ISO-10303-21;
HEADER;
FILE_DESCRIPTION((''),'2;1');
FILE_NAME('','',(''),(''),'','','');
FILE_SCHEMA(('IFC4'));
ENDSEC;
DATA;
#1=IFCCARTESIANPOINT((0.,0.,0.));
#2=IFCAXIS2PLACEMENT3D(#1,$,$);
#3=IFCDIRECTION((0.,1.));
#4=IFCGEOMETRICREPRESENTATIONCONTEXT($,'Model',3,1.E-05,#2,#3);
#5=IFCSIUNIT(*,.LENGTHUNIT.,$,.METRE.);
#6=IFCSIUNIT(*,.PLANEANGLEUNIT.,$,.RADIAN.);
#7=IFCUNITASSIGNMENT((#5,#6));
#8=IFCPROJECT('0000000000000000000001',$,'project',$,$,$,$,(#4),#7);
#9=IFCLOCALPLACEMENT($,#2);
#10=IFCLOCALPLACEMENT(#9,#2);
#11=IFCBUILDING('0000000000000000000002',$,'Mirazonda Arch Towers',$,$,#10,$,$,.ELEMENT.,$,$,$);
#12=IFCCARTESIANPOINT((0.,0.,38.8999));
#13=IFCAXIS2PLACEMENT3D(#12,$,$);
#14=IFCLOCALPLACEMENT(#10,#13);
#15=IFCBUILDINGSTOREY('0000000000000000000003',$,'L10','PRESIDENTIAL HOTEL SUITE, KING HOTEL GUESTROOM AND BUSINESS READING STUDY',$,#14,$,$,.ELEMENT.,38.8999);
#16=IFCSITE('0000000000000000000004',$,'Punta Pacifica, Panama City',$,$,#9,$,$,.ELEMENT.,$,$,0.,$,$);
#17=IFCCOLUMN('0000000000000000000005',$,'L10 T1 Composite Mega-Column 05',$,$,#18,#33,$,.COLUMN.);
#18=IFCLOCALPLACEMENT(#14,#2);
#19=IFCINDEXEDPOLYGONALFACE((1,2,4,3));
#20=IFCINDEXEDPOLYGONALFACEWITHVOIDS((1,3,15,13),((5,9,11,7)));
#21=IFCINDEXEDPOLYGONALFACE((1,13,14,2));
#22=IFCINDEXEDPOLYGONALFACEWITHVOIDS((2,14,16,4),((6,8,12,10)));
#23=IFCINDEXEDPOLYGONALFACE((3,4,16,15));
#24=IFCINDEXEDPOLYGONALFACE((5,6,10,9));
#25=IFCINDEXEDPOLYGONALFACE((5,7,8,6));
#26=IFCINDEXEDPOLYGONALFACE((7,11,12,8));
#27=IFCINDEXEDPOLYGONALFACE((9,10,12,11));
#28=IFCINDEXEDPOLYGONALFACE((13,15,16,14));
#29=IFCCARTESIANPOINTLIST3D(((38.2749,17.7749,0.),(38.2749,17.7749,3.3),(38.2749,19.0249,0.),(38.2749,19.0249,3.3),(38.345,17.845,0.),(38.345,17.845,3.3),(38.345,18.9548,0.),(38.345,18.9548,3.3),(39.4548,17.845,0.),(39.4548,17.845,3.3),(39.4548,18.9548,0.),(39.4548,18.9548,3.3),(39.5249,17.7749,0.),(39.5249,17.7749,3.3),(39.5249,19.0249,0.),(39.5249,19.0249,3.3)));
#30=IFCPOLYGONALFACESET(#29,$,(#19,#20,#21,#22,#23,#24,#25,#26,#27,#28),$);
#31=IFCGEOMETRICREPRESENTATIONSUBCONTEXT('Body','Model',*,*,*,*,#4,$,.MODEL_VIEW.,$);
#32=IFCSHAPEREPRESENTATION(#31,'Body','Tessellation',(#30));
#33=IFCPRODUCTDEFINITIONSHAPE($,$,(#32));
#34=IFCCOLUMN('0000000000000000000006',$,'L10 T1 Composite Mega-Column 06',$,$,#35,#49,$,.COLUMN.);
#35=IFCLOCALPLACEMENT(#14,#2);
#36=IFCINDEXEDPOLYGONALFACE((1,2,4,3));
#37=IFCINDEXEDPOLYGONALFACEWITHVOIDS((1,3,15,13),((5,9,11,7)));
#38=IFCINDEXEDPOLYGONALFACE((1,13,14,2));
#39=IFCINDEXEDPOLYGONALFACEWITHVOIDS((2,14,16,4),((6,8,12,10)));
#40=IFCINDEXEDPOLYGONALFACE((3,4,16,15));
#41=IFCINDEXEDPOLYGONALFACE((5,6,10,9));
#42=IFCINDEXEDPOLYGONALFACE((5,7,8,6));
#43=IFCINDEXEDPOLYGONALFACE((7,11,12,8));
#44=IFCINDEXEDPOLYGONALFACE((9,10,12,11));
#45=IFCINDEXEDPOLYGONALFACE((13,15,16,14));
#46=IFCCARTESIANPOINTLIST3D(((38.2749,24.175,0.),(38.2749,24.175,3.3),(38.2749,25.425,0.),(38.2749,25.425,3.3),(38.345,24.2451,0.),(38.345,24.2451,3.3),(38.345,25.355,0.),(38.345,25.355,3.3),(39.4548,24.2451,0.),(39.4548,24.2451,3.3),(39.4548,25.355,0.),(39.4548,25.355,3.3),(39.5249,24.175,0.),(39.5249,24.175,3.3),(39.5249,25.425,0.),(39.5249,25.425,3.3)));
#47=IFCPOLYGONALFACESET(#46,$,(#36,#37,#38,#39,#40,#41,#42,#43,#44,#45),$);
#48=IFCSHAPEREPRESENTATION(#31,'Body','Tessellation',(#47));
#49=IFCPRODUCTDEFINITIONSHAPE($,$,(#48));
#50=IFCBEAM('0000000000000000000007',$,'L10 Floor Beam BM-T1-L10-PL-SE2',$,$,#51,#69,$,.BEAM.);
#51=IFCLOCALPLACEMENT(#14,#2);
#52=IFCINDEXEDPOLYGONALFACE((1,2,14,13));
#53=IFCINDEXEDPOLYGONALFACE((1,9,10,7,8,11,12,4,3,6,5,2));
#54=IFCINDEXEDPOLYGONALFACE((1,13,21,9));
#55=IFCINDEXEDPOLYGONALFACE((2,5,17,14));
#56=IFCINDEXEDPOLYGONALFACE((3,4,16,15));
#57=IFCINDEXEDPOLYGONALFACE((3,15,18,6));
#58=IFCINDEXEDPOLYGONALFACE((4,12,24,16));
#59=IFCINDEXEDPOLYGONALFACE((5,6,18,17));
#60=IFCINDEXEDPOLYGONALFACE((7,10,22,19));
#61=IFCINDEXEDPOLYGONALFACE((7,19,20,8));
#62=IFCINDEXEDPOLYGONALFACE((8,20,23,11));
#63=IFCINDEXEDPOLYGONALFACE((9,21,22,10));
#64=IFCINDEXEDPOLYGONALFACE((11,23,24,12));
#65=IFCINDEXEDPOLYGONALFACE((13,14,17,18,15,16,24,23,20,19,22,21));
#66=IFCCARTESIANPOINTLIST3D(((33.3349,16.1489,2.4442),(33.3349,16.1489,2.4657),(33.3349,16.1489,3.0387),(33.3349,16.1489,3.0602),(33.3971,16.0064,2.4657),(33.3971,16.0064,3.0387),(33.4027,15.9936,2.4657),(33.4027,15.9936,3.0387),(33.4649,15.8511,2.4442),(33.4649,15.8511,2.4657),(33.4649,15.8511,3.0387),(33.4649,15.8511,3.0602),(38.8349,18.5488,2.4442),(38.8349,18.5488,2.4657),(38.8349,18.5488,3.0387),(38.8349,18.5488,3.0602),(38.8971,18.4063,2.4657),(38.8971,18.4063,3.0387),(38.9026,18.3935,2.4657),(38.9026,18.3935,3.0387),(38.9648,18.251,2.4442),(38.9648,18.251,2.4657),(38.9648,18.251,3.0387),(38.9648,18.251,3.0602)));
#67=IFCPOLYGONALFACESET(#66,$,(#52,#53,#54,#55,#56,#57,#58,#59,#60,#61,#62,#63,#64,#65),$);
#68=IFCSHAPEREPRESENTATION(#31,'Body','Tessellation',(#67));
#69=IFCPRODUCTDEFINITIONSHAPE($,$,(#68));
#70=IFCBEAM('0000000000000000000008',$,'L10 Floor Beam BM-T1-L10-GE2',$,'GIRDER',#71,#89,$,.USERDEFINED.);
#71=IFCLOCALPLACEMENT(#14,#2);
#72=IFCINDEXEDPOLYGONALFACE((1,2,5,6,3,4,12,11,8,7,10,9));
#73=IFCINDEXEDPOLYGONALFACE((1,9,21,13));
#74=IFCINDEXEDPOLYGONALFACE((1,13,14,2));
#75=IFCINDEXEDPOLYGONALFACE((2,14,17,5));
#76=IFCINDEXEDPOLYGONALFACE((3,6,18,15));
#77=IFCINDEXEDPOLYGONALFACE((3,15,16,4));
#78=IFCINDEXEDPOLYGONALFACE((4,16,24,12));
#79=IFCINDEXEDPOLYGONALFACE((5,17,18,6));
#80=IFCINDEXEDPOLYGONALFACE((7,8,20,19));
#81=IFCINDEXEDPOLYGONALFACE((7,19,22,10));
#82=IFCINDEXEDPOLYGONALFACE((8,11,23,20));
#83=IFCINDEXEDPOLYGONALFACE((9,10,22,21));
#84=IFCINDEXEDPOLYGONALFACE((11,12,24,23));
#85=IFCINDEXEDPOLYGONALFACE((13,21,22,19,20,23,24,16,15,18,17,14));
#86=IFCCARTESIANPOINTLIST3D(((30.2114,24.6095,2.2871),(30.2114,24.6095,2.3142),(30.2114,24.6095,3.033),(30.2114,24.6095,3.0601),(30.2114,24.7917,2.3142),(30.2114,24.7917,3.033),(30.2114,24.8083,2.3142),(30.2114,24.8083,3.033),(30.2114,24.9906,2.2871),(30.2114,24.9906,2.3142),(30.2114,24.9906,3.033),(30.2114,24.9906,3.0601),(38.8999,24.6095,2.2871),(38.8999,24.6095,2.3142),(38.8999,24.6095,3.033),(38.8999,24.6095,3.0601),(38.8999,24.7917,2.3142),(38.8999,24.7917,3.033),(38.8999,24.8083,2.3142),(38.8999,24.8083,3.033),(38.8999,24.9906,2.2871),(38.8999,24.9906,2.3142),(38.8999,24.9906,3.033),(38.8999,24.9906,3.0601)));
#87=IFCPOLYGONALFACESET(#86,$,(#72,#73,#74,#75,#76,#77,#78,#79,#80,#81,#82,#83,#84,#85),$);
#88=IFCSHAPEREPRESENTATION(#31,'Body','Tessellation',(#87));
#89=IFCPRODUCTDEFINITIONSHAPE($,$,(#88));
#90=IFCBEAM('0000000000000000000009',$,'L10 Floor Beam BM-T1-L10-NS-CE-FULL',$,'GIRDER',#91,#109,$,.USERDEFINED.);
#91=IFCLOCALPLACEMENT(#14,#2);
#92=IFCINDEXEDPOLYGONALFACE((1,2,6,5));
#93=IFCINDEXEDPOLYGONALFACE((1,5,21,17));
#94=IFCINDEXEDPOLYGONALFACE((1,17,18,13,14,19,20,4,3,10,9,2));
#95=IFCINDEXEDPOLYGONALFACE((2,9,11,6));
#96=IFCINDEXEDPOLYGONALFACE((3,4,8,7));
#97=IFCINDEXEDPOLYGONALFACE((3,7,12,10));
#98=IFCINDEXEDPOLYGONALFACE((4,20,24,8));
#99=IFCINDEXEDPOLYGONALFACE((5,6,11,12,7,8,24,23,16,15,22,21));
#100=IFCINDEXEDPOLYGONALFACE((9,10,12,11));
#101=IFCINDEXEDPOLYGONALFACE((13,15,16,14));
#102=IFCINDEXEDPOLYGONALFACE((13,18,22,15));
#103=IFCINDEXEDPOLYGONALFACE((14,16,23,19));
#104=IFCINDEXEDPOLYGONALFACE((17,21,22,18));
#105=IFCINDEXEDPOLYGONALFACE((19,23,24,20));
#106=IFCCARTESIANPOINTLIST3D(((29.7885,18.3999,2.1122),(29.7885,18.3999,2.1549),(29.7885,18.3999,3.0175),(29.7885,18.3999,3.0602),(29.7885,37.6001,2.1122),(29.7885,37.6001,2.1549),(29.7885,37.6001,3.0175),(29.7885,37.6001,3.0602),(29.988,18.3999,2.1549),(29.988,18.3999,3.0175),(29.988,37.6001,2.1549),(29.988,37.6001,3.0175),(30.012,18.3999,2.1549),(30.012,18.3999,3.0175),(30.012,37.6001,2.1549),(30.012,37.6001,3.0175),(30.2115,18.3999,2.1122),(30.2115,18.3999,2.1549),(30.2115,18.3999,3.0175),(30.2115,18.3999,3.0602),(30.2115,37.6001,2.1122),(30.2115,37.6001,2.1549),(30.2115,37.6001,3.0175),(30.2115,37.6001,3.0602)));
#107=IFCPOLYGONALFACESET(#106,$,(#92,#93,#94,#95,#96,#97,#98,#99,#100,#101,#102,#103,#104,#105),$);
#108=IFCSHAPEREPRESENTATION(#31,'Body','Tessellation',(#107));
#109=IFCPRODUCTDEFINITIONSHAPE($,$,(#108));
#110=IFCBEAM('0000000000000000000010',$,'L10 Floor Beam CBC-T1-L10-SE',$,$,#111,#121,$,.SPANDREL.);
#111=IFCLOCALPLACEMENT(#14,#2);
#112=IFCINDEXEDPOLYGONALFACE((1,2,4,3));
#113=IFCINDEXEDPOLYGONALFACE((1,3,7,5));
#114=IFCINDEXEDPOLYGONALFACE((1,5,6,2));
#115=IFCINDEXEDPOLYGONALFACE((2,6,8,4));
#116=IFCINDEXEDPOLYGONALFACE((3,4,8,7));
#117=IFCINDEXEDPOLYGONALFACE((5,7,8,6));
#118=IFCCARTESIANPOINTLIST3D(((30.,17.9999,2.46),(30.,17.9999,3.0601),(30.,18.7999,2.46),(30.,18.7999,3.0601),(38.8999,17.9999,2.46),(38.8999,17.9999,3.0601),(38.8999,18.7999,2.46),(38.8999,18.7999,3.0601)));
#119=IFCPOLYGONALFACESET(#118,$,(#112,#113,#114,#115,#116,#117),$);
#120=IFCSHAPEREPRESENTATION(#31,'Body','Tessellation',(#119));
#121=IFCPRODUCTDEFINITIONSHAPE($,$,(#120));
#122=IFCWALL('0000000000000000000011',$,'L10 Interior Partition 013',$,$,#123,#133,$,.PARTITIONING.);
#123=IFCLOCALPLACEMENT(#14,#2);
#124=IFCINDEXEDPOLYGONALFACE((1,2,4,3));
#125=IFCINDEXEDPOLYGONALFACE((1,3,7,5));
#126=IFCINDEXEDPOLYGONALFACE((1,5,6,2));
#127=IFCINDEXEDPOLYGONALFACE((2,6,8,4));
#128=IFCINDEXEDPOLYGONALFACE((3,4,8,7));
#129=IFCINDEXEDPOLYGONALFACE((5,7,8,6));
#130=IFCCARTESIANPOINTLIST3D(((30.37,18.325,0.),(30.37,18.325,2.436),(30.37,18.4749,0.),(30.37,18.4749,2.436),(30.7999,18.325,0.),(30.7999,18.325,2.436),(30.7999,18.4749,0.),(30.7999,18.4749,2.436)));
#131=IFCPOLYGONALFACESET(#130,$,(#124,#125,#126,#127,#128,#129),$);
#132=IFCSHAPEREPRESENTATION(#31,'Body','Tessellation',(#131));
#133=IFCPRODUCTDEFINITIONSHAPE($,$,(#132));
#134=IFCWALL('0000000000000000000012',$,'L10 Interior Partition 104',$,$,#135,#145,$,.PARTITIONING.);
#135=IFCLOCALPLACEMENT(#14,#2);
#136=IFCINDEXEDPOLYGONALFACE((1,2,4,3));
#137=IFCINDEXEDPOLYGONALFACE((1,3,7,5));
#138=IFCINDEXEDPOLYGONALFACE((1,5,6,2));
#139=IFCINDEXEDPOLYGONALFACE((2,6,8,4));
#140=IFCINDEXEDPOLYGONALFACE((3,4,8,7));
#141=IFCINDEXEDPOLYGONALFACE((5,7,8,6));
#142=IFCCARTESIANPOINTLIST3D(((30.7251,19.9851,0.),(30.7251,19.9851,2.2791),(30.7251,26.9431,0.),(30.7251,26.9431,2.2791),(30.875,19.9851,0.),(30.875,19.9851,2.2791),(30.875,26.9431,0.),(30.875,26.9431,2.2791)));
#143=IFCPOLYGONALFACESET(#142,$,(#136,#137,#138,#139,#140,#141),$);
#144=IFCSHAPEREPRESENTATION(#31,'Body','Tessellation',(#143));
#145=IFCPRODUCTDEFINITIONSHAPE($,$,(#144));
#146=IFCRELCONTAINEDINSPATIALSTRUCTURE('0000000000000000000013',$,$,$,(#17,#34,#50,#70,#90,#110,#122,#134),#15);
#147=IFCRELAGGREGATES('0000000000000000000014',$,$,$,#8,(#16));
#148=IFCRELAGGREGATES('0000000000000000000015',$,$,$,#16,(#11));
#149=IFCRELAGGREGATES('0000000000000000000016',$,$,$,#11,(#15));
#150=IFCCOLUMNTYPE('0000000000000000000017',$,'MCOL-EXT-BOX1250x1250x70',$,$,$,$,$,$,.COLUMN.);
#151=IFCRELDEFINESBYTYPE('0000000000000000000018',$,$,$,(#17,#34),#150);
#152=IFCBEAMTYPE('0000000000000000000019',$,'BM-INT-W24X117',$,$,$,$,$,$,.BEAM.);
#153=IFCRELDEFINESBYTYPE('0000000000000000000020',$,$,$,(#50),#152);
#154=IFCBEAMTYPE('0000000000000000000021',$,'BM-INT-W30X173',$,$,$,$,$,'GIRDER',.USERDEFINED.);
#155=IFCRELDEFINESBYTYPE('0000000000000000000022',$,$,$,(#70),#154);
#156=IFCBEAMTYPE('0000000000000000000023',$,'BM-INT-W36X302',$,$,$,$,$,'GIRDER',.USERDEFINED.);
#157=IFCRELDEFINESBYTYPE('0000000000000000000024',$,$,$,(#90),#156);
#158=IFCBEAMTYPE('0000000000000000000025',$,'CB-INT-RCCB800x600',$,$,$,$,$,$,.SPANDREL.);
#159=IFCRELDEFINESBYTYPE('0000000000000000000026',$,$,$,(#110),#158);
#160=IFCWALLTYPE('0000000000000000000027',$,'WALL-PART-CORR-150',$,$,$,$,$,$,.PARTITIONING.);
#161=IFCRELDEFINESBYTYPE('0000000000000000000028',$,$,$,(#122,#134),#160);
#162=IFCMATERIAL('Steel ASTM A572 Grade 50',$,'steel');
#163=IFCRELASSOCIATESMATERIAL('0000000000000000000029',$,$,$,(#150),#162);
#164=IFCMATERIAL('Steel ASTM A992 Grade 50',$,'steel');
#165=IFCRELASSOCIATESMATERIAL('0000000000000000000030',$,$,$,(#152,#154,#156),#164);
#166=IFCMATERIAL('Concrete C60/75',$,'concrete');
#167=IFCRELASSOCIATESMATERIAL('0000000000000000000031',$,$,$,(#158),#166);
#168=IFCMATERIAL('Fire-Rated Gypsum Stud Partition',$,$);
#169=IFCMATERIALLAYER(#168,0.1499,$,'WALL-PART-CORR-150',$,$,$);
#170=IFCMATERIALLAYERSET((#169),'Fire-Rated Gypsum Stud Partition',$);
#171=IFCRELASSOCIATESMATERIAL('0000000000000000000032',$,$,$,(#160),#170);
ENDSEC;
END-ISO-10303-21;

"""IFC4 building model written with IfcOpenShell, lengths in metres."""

from ifc_helpers import new_model, si_unit, direction, frame, frame_2d, origin, origin_2d, place, context, subcontext, project, spatial, rectangle, hollow_rectangle, i_section, extrude, material, layer, layer_set, material_profile, profile_set, type_object, element, save


model = new_model("IFC4")

# Units and contexts
model_context = context("Model", 3, precision=1e-05, world=origin(), true_north=direction((0.0, 1.0)))
body_context = subcontext(model_context, "Body", "Model", "MODEL_VIEW")
ifc_project = project(units=[si_unit("LENGTHUNIT", "METRE"), si_unit("PLANEANGLEUNIT", "RADIAN")], contexts=[model_context])

# Site, building, storey
site_placement = place(None, origin())
site = spatial("IfcSite", under=ifc_project, at=site_placement, Name="Punta Pacifica, Panama City", CompositionType="ELEMENT", RefElevation=0.0)
building_placement = place(site_placement, origin())
building = spatial("IfcBuilding", under=site, at=building_placement, Name="Mirazonda Arch Towers", CompositionType="ELEMENT")
storey_placement = place(building_placement, frame((0.0, 0.0, 38.8999)))
storey = spatial("IfcBuildingStorey", under=building, at=storey_placement, Name="L10", Description="PRESIDENTIAL HOTEL SUITE, KING HOTEL GUESTROOM AND BUSINESS READING STUDY", CompositionType="ELEMENT", Elevation=38.8999)

# Columns
ifc_material_1 = material(Name="Steel ASTM A572 Grade 50", Category="steel")
ifc_material_profile_1 = material_profile(ifc_material_1, hollow_rectangle(XDim=1.25, YDim=1.25, WallThickness=0.0701, at=origin_2d()), Name="BOX1250x1250x70")
ifc_profile_set_1 = profile_set([ifc_material_profile_1], Name="Steel ASTM A572 Grade 50")
column_type = type_object("IfcColumnType", Name="MCOL-EXT-BOX1250x1250x70", PredefinedType="COLUMN", material=ifc_profile_set_1)
for number, where, z_axis, x_axis, name in (
    (1, (38.8999, 18.3999, 0.0), (0.0, 0.0, 1.0), (1.0, 0.0, 0.0), "L10 T1 Composite Mega-Column 05"),
    (2, (38.8999, 24.8, 0.0), (0.0, 0.0, 1.0), (1.0, 0.0, 0.0), "L10 T1 Composite Mega-Column 06"),
):
    element("IfcColumn", number, at=place(storey_placement, frame(where, z_axis=z_axis, x_axis=x_axis)), inside=storey, type_object=column_type, Name=name, PredefinedType="COLUMN", context=body_context, shape_type="SweptSolid", body=[
        extrude(hollow_rectangle(XDim=1.25, YDim=1.25, WallThickness=0.0701, at=origin_2d()), origin(), (0.0, 0.0, 1.0), 3.3),
    ])

# Beams
ifc_material_2 = material(Name="Steel ASTM A992 Grade 50", Category="steel")
ifc_material_profile_2 = material_profile(ifc_material_2, i_section(OverallWidth=0.325, OverallDepth=0.616, WebThickness=0.0139, FlangeThickness=0.0215, at=origin_2d()), Name="W24X117")
ifc_profile_set_2 = profile_set([ifc_material_profile_2], Name="Steel ASTM A992 Grade 50")
beam_type_1 = type_object("IfcBeamType", Name="BM-INT-W24X117", PredefinedType="BEAM", material=ifc_profile_set_2)
beam_1_placement = place(storey_placement, frame((33.3999, 16.0, 2.7522), z_axis=(0.916545, 0.399931, 0.0), x_axis=(-0.399931, 0.916545, 0.0)))
element("IfcBeam", 3, at=beam_1_placement, inside=storey, type_object=beam_type_1, Name="L10 Floor Beam BM-T1-L10-PL-SE2", PredefinedType="BEAM", context=body_context, shape_type="SweptSolid", body=[
    extrude(i_section(OverallWidth=0.325, OverallDepth=0.616, WebThickness=0.0139, FlangeThickness=0.0215, at=origin_2d()), origin(), (0.0, 0.0, 1.0), 6.0007),
])
ifc_material_profile_3 = material_profile(ifc_material_2, i_section(OverallWidth=0.3811, OverallDepth=0.7729, WebThickness=0.0166, FlangeThickness=0.0271, at=origin_2d()), Name="W30X173")
ifc_profile_set_3 = profile_set([ifc_material_profile_3], Name="Steel ASTM A992 Grade 50")
beam_type_2 = type_object("IfcBeamType", Name="BM-INT-W30X173", ElementType="GIRDER", PredefinedType="USERDEFINED", material=ifc_profile_set_3)
beam_2_placement = place(storey_placement, frame((30.2114, 24.8, 2.6736), z_axis=(1.0, 0.0, 0.0), x_axis=(0.0, 1.0, 0.0)))
element("IfcBeam", 4, at=beam_2_placement, inside=storey, type_object=beam_type_2, Name="L10 Floor Beam BM-T1-L10-GE2", ObjectType="GIRDER", PredefinedType="USERDEFINED", context=body_context, shape_type="SweptSolid", body=[
    extrude(i_section(OverallWidth=0.3811, OverallDepth=0.7729, WebThickness=0.0166, FlangeThickness=0.0271, at=origin_2d()), origin(), (0.0, 0.0, 1.0), 8.6885),
])
ifc_material_profile_4 = material_profile(ifc_material_2, i_section(OverallWidth=0.4231, OverallDepth=0.948, WebThickness=0.0239, FlangeThickness=0.0427, at=origin_2d()), Name="W36X302")
ifc_profile_set_4 = profile_set([ifc_material_profile_4], Name="Steel ASTM A992 Grade 50")
beam_type_3 = type_object("IfcBeamType", Name="BM-INT-W36X302", ElementType="GIRDER", PredefinedType="USERDEFINED", material=ifc_profile_set_4)
beam_3_placement = place(storey_placement, frame((30.0, 18.3999, 2.5862), z_axis=(0.0, 1.0, 0.0), x_axis=(-1.0, 0.0, 0.0)))
element("IfcBeam", 5, at=beam_3_placement, inside=storey, type_object=beam_type_3, Name="L10 Floor Beam BM-T1-L10-NS-CE-FULL", ObjectType="GIRDER", PredefinedType="USERDEFINED", context=body_context, shape_type="SweptSolid", body=[
    extrude(i_section(OverallWidth=0.4231, OverallDepth=0.948, WebThickness=0.0239, FlangeThickness=0.0427, at=origin_2d()), origin(), (0.0, 0.0, 1.0), 19.2002),
])
ifc_material_3 = material(Name="Concrete C60/75", Category="concrete")
ifc_material_profile_5 = material_profile(ifc_material_3, rectangle(XDim=0.8, YDim=0.6001, at=origin_2d()), Name="RCCB800x600")
ifc_profile_set_5 = profile_set([ifc_material_profile_5], Name="Concrete C60/75")
beam_type_4 = type_object("IfcBeamType", Name="CB-INT-RCCB800x600", PredefinedType="SPANDREL", material=ifc_profile_set_5)
beam_4_placement = place(storey_placement, frame((30.0, 18.3999, 2.76), z_axis=(1.0, 0.0, 0.0), x_axis=(0.0, 1.0, 0.0)))
element("IfcBeam", 6, at=beam_4_placement, inside=storey, type_object=beam_type_4, Name="L10 Floor Beam CBC-T1-L10-SE", PredefinedType="SPANDREL", context=body_context, shape_type="SweptSolid", body=[
    extrude(rectangle(XDim=0.8, YDim=0.6001, at=origin_2d()), origin(), (0.0, 0.0, 1.0), 8.8999),
])

# Walls
ifc_material_4 = material(Name="Fire-Rated Gypsum Stud Partition")
ifc_layer_1 = layer(ifc_material_4, 0.1499, Name="WALL-PART-CORR-150")
ifc_layer_set_1 = layer_set([ifc_layer_1], Name="Fire-Rated Gypsum Stud Partition")
wall_type_1 = type_object("IfcWallType", Name="WALL-PART-CORR-150", PredefinedType="PARTITIONING", material=ifc_layer_set_1)
wall_1_placement = place(storey_placement, frame((30.3701, 18.3999, 0.0), z_axis=(0.0, 0.0, 1.0), x_axis=(1.0, 0.0, 0.0)))
element("IfcWall", 7, at=wall_1_placement, inside=storey, type_object=wall_type_1, Name="L10 Interior Partition 013", PredefinedType="PARTITIONING", context=body_context, shape_type="SweptSolid", body=[
    extrude(rectangle(XDim=0.4299, YDim=0.1499, at=frame_2d((0.2148, 0.0))), origin(), (0.0, 0.0, 1.0), 2.436),
])
wall_2_placement = place(storey_placement, frame((30.8, 19.9851, 0.0), z_axis=(0.0, 0.0, 1.0), x_axis=(0.0, 1.0, 0.0)))
element("IfcWall", 8, at=wall_2_placement, inside=storey, type_object=wall_type_1, Name="L10 Interior Partition 104", PredefinedType="PARTITIONING", context=body_context, shape_type="SweptSolid", body=[
    extrude(rectangle(XDim=6.958, YDim=0.1499, at=frame_2d((3.479, 0.0))), origin(), (0.0, 0.0, 1.0), 2.2791),
])

save(model, "model.ifc")
